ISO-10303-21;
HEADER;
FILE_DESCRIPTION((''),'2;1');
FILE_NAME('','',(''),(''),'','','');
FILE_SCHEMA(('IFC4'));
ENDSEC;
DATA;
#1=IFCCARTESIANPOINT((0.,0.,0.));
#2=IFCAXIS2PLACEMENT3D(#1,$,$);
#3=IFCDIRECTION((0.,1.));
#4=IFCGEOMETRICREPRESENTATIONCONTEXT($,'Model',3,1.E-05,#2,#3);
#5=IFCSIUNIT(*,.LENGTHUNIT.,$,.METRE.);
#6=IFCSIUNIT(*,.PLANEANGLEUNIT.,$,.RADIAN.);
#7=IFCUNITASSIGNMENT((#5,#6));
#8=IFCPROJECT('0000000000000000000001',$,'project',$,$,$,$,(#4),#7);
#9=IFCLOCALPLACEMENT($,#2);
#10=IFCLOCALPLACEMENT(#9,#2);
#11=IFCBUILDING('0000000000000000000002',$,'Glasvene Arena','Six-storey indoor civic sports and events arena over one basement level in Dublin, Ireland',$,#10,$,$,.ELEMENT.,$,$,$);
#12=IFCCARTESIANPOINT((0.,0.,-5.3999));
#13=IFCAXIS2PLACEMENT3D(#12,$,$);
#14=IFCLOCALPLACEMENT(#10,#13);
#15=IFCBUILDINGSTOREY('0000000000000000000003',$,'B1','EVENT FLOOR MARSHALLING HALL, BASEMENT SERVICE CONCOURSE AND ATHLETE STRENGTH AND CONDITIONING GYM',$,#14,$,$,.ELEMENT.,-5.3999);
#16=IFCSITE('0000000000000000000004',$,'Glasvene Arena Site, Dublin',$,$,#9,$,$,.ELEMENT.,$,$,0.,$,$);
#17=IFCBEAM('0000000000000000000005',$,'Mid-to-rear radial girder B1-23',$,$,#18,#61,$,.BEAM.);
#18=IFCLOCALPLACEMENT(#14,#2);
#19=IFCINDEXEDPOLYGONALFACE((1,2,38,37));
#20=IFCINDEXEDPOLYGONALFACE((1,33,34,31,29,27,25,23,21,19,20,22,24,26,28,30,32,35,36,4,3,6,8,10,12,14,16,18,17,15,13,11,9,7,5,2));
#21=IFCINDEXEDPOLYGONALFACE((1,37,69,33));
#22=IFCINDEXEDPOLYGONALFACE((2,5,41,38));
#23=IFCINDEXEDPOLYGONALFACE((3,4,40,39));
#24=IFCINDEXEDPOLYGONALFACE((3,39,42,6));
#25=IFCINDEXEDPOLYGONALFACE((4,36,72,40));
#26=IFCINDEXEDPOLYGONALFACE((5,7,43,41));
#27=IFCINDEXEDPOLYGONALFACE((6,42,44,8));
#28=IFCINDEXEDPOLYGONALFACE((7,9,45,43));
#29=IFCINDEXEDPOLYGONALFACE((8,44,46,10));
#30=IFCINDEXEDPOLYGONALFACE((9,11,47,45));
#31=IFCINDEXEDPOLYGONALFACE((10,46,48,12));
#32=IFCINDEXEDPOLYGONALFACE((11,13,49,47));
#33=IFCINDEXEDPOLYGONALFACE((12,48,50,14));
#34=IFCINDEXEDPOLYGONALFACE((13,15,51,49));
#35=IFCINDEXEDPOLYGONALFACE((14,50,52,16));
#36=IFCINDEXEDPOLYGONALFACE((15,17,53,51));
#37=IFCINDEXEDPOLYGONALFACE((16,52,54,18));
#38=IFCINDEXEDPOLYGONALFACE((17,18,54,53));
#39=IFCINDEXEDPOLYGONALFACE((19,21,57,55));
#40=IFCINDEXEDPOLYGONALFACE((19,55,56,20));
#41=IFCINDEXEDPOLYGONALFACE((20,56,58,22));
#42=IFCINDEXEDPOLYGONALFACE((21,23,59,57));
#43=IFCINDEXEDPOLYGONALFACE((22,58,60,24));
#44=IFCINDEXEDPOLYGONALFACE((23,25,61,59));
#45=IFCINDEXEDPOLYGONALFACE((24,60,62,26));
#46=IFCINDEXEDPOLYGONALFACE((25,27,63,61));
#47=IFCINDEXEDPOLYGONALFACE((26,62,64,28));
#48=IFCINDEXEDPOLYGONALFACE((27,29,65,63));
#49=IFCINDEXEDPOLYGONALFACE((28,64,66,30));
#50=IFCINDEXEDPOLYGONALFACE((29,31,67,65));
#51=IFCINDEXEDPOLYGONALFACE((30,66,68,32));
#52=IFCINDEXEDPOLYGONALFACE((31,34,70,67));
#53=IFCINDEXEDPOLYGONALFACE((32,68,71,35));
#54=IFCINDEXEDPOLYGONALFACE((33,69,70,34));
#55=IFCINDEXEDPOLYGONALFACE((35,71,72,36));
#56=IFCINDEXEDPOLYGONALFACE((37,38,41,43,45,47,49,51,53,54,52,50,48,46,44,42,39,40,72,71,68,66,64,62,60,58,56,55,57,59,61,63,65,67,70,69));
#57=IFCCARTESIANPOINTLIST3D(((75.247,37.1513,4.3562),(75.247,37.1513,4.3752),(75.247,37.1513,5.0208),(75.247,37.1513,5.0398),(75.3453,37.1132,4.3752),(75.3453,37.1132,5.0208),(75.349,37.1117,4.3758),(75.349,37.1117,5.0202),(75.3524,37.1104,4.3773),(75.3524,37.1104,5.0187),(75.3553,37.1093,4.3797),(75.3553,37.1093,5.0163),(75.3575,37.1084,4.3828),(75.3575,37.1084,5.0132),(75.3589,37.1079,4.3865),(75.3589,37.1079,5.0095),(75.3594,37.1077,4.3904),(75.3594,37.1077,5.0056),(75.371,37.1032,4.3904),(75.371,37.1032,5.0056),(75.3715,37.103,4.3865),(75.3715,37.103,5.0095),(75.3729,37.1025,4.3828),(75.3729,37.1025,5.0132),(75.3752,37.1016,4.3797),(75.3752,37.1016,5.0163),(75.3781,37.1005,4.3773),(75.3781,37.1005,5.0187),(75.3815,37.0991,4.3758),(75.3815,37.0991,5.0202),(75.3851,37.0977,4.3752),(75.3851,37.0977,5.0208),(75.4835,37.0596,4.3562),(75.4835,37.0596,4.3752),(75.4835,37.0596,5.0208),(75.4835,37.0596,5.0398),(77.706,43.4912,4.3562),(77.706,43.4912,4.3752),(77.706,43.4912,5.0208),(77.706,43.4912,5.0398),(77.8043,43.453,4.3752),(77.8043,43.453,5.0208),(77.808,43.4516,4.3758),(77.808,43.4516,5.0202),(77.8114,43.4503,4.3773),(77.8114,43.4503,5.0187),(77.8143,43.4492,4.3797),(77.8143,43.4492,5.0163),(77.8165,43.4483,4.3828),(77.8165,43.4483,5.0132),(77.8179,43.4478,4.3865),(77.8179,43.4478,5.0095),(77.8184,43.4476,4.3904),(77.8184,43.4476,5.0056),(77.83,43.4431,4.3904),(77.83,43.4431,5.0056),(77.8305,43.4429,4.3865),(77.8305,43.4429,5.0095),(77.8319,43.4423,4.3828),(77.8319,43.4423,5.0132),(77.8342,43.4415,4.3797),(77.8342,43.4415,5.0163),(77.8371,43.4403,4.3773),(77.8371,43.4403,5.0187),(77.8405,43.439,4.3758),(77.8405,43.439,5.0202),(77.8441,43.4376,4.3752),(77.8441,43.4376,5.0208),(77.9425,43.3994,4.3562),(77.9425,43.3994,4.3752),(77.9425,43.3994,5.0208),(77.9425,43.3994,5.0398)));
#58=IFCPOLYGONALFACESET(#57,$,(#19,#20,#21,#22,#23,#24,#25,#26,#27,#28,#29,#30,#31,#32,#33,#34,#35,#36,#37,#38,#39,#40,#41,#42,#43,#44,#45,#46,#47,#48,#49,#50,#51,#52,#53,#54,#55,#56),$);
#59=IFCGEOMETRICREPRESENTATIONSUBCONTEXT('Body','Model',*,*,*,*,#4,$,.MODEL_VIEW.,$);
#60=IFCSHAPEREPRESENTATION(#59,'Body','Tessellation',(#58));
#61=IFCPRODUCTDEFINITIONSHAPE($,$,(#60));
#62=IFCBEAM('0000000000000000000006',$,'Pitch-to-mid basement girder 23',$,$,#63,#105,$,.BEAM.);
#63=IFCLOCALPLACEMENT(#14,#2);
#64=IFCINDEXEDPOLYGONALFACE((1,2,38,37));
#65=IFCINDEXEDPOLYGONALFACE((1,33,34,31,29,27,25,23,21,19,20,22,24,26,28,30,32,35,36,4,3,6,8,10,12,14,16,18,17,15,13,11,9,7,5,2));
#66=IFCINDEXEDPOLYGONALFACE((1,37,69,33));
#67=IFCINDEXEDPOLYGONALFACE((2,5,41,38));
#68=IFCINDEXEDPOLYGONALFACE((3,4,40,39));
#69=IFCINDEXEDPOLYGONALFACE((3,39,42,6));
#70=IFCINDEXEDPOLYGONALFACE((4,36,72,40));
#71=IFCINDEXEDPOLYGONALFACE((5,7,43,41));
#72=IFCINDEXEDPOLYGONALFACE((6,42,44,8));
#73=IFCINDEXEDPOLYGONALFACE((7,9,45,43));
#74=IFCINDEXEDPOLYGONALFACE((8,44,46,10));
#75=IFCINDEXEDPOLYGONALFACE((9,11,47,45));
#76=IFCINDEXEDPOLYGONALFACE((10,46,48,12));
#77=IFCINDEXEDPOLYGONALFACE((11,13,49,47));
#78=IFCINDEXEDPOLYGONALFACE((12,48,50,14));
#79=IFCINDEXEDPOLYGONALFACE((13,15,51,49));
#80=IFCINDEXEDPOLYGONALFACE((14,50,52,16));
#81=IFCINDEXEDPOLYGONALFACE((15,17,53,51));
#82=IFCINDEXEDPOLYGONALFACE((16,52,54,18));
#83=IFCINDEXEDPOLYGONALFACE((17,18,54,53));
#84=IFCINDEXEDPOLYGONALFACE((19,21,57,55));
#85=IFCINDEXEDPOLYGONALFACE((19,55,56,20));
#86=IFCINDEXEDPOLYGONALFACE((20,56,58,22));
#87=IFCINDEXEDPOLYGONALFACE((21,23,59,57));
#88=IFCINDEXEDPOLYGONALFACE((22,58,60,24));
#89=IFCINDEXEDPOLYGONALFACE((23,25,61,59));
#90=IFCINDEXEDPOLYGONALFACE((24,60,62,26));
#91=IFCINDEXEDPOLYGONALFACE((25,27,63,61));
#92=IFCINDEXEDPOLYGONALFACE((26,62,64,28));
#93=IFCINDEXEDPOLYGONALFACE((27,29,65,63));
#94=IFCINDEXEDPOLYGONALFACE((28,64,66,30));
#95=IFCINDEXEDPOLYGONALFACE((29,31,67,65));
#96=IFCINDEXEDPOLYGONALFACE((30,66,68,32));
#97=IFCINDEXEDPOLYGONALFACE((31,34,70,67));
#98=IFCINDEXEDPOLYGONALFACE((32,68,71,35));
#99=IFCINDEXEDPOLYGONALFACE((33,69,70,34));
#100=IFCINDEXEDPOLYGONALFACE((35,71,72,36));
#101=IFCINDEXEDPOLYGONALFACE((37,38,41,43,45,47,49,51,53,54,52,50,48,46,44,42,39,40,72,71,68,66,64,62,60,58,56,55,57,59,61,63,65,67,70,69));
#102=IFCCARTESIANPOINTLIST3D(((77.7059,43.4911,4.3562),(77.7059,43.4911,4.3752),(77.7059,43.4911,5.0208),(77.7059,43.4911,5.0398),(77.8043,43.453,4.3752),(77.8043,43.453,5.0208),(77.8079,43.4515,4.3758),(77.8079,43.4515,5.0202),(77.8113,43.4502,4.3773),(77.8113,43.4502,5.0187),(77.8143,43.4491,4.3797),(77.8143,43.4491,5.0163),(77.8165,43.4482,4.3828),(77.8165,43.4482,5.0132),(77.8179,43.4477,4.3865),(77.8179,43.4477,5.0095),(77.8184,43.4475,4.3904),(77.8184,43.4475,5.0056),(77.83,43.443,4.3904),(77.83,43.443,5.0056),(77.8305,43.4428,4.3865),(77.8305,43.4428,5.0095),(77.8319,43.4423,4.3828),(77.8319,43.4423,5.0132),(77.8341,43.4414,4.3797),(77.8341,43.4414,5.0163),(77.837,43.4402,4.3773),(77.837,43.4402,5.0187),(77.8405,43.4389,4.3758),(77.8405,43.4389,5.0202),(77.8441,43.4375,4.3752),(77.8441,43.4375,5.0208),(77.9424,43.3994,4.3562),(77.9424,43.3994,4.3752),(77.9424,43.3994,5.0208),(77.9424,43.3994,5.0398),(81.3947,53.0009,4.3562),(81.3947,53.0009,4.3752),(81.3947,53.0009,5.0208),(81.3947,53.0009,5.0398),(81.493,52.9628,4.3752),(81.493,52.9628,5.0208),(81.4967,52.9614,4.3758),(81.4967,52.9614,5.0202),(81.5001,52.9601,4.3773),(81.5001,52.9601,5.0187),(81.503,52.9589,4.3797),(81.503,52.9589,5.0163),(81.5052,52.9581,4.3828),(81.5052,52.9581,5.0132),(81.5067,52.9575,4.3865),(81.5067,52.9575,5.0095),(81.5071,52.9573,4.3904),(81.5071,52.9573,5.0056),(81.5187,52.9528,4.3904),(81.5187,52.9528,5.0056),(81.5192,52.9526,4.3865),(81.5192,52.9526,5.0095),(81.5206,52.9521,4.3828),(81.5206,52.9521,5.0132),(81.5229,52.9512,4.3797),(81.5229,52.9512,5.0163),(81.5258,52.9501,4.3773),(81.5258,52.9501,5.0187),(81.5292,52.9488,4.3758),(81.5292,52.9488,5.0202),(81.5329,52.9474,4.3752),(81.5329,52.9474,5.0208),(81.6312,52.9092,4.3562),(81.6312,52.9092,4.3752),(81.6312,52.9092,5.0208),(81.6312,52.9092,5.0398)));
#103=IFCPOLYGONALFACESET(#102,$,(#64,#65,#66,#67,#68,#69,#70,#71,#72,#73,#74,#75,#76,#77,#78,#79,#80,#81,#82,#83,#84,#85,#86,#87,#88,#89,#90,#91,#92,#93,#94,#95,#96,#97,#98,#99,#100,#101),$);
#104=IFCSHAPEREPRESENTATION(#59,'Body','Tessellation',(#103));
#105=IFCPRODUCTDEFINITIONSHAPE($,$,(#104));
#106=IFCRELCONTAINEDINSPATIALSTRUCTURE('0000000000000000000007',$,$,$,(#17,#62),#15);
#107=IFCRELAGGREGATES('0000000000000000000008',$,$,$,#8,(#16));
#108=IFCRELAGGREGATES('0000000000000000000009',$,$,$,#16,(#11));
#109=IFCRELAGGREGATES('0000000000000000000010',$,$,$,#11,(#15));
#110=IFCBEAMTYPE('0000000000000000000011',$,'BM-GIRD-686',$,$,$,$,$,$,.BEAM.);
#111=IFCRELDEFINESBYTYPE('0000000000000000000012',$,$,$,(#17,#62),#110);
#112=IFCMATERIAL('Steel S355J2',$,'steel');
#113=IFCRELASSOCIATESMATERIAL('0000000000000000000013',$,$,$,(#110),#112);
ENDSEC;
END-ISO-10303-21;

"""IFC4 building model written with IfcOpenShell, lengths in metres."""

from ifc_helpers import new_model, si_unit, direction, frame, origin, origin_2d, place, context, subcontext, project, spatial, i_section, extrude, material, material_profile, profile_set, type_object, element, save


model = new_model("IFC4")

# Units and contexts
model_context = context("Model", 3, precision=1e-05, world=origin(), true_north=direction((0.0, 1.0)))
body_context = subcontext(model_context, "Body", "Model", "MODEL_VIEW")
ifc_project = project(units=[si_unit("LENGTHUNIT", "METRE"), si_unit("PLANEANGLEUNIT", "RADIAN")], contexts=[model_context])

# Site, building, storey
site_placement = place(None, origin())
site = spatial("IfcSite", under=ifc_project, at=site_placement, Name="Glasvene Arena Site, Dublin", CompositionType="ELEMENT", RefElevation=0.0)
building_placement = place(site_placement, origin())
building = spatial("IfcBuilding", under=site, at=building_placement, Name="Glasvene Arena", Description="Six-storey indoor civic sports and events arena over one basement level in Dublin, Ireland", CompositionType="ELEMENT")
storey_placement = place(building_placement, frame((0.0, 0.0, -5.3999)))
storey = spatial("IfcBuildingStorey", under=building, at=storey_placement, Name="B1", Description="EVENT FLOOR MARSHALLING HALL, BASEMENT SERVICE CONCOURSE AND ATHLETE STRENGTH AND CONDITIONING GYM", CompositionType="ELEMENT", Elevation=-5.3999)

# Beams
ifc_material_1 = material(Name="Steel S355J2", Category="steel")
ifc_material_profile_1 = material_profile(ifc_material_1, i_section(OverallWidth=0.2537, OverallDepth=0.6836, WebThickness=0.0125, FlangeThickness=0.019, FilletRadius=0.0151, at=origin_2d()), Name="UKB 686x254x140")
ifc_profile_set_1 = profile_set([ifc_material_profile_1], Name="Steel S355J2")
beam_type_1 = type_object("IfcBeamType", Name="BM-GIRD-686", PredefinedType="BEAM", material=ifc_profile_set_1)
beam_1_placement = place(storey_placement, frame((77.8242, 43.4453, 4.698), z_axis=(-0.361614, -0.932328, 0.0), x_axis=(0.932328, -0.361614, 0.0)))
element("IfcBeam", 1, at=beam_1_placement, inside=storey, type_object=beam_type_1, Name="Mid-to-rear radial girder B1-23", PredefinedType="BEAM", context=body_context, shape_type="SweptSolid", body=[
    extrude(i_section(OverallWidth=0.2537, OverallDepth=0.6836, WebThickness=0.0125, FlangeThickness=0.019, FilletRadius=0.0151, at=origin_2d()), origin(), (0.0, 0.0, 1.0), 6.8),
])
beam_2_placement = place(storey_placement, frame((81.5129, 52.9551, 4.698), z_axis=(-0.361635, -0.93232, 0.0), x_axis=(0.93232, -0.361635, 0.0)))
element("IfcBeam", 2, at=beam_2_placement, inside=storey, type_object=beam_type_1, Name="Pitch-to-mid basement girder 23", PredefinedType="BEAM", context=body_context, shape_type="SweptSolid", body=[
    extrude(i_section(OverallWidth=0.2537, OverallDepth=0.6836, WebThickness=0.0125, FlangeThickness=0.019, FilletRadius=0.0151, at=origin_2d()), origin(), (0.0, 0.0, 1.0), 10.2002),
])

save(model, "model.ifc")
